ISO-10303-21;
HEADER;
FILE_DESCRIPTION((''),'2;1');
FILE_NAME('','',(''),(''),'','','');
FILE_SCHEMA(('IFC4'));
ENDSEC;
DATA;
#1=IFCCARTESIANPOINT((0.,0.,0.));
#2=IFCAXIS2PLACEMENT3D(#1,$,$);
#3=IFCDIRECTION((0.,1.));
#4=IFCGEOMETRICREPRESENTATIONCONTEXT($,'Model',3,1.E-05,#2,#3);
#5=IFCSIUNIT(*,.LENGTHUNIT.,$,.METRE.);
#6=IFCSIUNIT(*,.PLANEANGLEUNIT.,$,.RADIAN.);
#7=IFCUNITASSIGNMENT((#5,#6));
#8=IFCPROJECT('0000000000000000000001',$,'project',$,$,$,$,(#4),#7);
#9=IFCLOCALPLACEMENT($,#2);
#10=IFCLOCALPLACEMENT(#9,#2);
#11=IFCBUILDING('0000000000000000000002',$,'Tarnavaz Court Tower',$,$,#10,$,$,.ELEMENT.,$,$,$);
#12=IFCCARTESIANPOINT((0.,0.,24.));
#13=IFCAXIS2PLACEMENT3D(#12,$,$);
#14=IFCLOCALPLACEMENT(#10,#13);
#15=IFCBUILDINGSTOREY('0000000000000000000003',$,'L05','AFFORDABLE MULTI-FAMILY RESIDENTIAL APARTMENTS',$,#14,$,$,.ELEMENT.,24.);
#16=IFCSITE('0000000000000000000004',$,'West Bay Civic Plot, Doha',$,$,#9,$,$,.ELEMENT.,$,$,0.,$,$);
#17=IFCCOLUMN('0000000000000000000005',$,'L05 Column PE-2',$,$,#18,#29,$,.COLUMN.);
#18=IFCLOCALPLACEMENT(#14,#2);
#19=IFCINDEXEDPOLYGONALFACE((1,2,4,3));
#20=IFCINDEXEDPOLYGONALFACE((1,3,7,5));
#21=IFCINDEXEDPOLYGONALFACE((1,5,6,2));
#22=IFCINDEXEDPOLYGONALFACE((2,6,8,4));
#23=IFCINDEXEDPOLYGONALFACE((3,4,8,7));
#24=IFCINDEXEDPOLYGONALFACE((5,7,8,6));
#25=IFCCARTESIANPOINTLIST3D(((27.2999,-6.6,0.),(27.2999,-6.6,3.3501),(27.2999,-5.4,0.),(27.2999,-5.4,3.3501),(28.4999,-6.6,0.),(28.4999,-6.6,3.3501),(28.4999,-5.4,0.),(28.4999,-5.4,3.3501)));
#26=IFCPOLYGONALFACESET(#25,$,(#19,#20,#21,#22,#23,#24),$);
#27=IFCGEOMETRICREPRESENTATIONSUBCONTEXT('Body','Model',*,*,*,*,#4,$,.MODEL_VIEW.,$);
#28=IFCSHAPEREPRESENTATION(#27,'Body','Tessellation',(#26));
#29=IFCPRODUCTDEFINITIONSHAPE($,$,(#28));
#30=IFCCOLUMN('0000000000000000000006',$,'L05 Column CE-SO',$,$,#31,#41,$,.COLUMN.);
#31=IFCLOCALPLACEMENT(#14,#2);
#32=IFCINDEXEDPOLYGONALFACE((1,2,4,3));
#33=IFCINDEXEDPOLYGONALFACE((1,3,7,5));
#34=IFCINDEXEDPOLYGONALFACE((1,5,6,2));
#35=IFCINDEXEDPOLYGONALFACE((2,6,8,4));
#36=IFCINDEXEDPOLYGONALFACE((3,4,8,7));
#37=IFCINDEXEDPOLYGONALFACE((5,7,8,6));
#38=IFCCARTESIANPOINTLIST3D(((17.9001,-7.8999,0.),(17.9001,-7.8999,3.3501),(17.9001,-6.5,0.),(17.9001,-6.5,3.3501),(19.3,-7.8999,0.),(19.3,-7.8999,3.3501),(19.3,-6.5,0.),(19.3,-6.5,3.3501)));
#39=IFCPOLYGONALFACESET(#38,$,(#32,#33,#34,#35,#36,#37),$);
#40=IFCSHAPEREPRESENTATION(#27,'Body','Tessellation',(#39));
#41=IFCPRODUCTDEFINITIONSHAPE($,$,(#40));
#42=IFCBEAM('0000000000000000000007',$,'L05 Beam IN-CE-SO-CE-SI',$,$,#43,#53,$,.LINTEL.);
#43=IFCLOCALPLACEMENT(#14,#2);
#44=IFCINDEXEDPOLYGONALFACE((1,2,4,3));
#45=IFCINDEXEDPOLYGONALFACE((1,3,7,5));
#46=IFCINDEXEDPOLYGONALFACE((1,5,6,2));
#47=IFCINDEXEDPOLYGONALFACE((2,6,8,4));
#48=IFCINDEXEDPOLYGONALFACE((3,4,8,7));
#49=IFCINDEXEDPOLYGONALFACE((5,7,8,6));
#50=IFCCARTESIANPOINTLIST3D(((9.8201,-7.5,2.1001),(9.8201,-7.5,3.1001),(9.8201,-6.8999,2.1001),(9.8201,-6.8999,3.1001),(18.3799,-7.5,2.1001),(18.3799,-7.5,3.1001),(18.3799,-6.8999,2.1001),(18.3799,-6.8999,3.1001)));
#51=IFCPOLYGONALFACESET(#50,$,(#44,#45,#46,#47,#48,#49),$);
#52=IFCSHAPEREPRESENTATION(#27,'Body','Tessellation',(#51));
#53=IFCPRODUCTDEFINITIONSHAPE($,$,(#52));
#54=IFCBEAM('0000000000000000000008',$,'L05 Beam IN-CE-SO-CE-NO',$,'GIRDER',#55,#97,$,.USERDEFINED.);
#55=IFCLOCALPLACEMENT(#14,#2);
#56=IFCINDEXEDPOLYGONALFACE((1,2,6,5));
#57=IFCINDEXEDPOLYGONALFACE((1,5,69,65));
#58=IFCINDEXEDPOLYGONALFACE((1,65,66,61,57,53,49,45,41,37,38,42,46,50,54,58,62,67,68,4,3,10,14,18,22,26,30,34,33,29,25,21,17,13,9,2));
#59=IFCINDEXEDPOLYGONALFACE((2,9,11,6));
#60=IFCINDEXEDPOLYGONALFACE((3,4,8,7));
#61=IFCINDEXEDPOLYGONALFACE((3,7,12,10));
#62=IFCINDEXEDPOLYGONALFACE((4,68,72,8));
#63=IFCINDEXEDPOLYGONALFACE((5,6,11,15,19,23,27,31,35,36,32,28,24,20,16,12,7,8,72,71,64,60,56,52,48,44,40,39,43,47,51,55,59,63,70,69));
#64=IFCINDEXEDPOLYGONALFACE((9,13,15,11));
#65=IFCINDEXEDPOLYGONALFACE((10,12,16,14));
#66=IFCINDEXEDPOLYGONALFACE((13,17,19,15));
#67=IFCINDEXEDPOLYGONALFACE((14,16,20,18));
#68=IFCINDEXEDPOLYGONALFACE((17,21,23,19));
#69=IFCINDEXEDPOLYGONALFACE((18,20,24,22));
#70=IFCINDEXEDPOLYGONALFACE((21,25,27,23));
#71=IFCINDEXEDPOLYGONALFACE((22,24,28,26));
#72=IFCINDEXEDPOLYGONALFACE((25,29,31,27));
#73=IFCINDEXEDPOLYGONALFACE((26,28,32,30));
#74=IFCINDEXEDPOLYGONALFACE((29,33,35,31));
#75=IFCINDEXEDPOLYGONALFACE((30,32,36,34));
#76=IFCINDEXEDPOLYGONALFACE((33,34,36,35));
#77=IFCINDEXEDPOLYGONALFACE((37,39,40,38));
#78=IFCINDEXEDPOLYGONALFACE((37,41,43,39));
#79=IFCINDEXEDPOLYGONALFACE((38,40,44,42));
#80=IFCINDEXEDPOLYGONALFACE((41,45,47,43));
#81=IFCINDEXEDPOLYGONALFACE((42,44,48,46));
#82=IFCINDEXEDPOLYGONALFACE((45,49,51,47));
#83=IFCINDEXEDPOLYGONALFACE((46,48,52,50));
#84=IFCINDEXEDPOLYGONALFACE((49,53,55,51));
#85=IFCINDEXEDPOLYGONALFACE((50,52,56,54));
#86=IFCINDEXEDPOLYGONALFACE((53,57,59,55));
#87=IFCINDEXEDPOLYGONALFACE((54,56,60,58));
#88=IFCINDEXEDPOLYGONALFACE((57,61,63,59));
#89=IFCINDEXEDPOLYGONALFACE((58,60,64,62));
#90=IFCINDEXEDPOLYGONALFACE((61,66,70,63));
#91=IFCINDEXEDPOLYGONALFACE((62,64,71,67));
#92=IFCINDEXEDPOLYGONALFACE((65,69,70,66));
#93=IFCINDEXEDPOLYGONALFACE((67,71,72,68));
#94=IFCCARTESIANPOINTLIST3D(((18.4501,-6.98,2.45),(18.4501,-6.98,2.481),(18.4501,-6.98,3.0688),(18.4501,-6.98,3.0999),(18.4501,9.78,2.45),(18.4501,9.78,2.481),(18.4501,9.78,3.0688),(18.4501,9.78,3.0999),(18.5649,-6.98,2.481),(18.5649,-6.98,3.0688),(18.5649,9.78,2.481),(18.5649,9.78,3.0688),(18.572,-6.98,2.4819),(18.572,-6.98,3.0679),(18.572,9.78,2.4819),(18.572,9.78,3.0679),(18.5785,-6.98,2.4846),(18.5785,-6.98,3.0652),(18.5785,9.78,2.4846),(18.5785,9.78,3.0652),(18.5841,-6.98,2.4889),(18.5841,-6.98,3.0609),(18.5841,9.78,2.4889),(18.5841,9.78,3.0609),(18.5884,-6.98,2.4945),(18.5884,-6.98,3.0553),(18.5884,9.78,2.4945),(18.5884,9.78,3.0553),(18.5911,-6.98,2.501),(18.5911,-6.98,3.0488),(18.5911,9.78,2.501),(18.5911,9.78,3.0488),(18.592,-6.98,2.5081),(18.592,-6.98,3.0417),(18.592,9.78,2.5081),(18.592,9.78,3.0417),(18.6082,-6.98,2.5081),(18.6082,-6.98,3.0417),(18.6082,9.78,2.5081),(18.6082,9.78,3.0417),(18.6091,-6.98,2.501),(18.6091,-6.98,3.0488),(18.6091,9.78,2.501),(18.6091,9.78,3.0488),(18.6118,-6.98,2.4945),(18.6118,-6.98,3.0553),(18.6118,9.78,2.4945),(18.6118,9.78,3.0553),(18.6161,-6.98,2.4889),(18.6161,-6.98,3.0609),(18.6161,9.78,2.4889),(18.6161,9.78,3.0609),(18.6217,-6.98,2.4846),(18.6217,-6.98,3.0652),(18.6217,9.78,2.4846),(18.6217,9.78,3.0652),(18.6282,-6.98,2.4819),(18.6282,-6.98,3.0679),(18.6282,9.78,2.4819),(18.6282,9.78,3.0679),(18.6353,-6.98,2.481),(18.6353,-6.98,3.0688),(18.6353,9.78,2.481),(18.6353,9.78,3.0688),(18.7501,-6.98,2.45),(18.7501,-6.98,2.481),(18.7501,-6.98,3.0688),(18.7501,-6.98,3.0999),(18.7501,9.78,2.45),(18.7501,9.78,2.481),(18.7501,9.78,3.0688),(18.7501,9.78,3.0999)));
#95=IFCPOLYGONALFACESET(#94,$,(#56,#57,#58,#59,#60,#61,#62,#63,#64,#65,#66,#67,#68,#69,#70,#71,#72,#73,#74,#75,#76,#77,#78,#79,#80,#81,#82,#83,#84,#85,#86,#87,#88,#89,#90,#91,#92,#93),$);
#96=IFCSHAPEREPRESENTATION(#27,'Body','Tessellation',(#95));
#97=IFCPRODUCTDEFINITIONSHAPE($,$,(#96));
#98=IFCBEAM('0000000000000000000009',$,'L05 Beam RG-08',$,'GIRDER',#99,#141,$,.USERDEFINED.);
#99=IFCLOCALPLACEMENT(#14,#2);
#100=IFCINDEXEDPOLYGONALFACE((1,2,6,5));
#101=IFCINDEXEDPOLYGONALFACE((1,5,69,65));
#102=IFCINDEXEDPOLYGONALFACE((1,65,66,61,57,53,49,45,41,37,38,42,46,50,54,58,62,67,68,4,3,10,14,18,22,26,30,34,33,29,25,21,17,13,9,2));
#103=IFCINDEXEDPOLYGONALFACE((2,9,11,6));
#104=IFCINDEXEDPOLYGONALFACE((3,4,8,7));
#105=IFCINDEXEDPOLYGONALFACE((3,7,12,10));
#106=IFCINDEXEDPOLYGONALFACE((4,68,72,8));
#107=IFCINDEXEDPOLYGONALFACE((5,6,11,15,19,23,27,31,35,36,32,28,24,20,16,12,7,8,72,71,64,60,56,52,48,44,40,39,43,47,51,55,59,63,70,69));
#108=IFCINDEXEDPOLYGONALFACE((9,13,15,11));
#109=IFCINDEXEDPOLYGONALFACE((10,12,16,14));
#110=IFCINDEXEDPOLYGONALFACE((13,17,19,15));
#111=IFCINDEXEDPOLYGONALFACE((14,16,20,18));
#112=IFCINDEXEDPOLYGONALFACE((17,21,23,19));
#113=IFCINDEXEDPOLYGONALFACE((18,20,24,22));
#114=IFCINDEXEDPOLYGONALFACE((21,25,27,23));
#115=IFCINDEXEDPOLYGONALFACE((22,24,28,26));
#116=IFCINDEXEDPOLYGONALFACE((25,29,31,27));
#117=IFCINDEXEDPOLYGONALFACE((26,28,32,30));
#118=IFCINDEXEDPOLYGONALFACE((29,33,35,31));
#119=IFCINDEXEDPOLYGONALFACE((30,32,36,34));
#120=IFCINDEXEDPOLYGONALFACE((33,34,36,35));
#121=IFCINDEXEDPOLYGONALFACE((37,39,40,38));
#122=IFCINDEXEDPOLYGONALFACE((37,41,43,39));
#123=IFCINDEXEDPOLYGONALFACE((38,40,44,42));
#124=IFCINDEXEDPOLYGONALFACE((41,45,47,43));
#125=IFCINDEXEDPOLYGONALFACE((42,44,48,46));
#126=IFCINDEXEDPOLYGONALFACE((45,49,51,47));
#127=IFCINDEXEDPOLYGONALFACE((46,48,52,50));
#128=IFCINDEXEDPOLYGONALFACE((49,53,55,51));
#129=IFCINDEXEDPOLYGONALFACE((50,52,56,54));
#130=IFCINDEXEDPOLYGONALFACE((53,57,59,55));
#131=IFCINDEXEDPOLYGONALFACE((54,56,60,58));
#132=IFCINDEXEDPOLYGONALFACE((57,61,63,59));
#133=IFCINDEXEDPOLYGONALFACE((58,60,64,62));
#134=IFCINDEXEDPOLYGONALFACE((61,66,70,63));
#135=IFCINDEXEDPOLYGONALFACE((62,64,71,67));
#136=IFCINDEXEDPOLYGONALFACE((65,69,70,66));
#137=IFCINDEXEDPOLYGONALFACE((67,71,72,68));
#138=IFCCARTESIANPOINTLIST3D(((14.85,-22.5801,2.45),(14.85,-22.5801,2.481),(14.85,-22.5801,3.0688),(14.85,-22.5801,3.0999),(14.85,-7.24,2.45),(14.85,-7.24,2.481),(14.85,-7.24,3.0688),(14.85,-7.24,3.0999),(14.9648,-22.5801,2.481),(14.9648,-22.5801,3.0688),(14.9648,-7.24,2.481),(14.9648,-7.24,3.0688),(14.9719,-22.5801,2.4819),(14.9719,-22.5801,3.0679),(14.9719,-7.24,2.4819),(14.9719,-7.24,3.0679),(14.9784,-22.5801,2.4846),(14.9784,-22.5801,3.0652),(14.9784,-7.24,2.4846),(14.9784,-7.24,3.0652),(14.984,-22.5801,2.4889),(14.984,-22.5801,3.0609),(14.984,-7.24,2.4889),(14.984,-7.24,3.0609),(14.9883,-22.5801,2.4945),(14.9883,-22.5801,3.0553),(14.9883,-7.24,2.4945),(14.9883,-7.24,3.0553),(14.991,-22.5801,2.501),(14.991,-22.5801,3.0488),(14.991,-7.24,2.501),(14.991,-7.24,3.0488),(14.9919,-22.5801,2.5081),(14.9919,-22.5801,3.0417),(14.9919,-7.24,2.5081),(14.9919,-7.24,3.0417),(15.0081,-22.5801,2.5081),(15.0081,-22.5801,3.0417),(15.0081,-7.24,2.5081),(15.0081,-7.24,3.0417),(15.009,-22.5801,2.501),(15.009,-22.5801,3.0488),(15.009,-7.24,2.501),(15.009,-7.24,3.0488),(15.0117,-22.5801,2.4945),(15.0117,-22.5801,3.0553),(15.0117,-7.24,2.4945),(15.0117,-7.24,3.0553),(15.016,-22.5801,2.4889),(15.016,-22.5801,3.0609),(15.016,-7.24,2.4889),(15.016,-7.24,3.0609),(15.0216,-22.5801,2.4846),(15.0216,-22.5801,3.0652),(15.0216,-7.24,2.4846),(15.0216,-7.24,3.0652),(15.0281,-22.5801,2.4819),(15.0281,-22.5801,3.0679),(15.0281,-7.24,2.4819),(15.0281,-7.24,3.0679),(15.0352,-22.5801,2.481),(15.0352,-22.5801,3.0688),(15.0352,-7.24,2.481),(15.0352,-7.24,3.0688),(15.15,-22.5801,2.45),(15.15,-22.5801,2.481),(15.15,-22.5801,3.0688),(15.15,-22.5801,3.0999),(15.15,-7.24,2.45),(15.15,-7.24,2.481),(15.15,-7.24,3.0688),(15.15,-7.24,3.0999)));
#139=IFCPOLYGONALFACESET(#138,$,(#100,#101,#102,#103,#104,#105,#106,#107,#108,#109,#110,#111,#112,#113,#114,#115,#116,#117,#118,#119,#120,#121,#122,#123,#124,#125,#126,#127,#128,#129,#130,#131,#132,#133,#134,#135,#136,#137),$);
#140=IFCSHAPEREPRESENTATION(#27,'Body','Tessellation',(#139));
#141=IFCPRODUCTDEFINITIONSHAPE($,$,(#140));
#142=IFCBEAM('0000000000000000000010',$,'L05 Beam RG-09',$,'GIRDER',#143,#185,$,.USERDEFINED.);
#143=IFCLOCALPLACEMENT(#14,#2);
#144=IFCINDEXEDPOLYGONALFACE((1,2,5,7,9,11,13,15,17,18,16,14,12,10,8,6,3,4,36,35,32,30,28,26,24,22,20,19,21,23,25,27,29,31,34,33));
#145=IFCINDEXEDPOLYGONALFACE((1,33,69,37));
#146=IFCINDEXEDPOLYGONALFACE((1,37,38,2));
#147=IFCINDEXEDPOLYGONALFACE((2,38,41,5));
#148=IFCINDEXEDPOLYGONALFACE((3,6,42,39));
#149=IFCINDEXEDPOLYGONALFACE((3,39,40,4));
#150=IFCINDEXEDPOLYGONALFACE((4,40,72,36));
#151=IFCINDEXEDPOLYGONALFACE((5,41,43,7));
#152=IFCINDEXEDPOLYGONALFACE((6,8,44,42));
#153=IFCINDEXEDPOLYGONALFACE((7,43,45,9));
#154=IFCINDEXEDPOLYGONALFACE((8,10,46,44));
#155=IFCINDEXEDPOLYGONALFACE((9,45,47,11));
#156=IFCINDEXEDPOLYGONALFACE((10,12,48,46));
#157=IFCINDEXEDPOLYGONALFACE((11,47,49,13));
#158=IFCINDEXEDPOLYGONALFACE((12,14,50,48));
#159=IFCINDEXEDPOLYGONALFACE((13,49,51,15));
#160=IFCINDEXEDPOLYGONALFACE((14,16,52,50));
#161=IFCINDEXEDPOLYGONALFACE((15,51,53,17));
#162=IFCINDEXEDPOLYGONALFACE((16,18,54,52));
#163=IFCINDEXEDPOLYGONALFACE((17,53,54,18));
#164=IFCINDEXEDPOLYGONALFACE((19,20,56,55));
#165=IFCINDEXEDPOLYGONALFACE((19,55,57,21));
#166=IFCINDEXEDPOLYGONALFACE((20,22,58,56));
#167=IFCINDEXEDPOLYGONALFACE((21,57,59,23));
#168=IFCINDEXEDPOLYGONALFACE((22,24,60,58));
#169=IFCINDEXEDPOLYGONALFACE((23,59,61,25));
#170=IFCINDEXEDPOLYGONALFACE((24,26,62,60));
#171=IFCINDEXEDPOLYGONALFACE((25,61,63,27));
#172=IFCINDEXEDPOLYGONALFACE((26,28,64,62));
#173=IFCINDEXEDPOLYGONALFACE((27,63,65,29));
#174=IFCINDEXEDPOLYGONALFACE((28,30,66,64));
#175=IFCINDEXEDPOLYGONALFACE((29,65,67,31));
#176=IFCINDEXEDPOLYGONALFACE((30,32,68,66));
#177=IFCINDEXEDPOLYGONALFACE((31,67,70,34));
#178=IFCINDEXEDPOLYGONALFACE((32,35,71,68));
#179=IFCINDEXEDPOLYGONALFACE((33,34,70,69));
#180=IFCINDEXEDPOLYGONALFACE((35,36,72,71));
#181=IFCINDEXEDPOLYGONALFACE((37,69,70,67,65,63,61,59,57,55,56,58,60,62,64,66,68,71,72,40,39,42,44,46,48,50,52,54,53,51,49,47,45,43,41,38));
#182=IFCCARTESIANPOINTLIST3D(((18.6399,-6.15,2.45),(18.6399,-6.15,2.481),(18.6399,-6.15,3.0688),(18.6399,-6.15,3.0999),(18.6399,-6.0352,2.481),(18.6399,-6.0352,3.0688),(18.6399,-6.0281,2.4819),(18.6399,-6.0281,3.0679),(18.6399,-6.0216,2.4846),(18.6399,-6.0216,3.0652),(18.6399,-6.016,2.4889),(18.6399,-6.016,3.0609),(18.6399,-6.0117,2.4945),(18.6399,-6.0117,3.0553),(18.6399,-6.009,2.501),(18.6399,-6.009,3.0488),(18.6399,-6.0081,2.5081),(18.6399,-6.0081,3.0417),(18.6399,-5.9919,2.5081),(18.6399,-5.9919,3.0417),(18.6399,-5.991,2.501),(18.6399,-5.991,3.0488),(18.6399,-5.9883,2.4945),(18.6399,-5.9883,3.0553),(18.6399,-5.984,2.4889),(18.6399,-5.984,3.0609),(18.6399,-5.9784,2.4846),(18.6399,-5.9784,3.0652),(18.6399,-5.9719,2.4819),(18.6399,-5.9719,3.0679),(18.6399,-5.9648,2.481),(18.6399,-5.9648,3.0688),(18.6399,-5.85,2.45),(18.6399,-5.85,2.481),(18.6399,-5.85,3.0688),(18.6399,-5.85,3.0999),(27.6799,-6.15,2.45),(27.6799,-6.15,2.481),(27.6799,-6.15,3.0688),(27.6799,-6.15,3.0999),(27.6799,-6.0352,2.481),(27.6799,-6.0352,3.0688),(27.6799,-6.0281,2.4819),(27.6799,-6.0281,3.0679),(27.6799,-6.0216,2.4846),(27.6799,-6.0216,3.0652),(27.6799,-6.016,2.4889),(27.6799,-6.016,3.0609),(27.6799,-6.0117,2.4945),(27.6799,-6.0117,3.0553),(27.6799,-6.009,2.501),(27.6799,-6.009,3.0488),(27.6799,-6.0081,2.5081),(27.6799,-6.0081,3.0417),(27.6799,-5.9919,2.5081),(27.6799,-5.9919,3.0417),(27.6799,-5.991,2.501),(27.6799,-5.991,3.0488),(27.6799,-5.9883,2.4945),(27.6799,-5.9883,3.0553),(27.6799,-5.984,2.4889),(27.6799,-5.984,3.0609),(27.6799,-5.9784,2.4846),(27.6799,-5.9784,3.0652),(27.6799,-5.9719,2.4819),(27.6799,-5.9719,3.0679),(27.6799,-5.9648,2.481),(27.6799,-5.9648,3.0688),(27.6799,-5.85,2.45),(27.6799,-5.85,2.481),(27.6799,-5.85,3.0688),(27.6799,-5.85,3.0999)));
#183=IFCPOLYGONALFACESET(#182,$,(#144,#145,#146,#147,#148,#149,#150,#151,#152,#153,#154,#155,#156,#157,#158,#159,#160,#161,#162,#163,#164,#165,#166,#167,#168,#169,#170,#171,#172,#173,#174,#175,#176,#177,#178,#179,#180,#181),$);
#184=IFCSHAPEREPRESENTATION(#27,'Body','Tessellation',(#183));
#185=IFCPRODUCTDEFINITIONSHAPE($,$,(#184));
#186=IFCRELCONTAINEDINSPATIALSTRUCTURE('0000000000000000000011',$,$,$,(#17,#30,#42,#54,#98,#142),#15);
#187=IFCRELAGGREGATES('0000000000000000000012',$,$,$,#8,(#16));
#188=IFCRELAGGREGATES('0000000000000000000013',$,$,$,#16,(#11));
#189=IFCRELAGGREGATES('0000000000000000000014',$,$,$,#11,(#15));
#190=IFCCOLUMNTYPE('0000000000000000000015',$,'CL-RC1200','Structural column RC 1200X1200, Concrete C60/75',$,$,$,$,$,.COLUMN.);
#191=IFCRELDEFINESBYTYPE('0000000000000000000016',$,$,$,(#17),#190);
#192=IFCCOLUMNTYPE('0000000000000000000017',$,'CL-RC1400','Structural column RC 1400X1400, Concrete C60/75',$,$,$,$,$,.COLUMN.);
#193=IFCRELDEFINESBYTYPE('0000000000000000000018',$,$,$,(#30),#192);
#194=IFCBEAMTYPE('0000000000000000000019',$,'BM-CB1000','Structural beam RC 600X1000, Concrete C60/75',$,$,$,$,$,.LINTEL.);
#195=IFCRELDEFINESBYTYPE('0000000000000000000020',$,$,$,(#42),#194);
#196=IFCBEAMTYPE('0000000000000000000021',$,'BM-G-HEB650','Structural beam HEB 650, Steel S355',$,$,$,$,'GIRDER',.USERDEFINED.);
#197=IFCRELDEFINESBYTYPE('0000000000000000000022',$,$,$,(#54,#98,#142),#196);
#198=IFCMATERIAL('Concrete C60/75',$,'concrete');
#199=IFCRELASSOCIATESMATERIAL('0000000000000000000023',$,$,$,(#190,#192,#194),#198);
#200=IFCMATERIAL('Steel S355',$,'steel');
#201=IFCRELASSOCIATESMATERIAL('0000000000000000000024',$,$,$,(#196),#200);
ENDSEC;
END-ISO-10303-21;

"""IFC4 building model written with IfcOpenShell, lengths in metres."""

from ifc_helpers import new_model, si_unit, direction, frame, origin, origin_2d, place, context, subcontext, project, spatial, rectangle, i_section, extrude, material, material_profile, profile_set, type_object, element, save


model = new_model("IFC4")

# Units and contexts
model_context = context("Model", 3, precision=1e-05, world=origin(), true_north=direction((0.0, 1.0)))
body_context = subcontext(model_context, "Body", "Model", "MODEL_VIEW")
ifc_project = project(units=[si_unit("LENGTHUNIT", "METRE"), si_unit("PLANEANGLEUNIT", "RADIAN")], contexts=[model_context])

# Site, building, storey
site_placement = place(None, origin())
site = spatial("IfcSite", under=ifc_project, at=site_placement, Name="West Bay Civic Plot, Doha", CompositionType="ELEMENT", RefElevation=0.0)
building_placement = place(site_placement, origin())
building = spatial("IfcBuilding", under=site, at=building_placement, Name="Tarnavaz Court Tower", CompositionType="ELEMENT")
storey_placement = place(building_placement, frame((0.0, 0.0, 24.0)))
storey = spatial("IfcBuildingStorey", under=building, at=storey_placement, Name="L05", Description="AFFORDABLE MULTI-FAMILY RESIDENTIAL APARTMENTS", CompositionType="ELEMENT", Elevation=24.0)

# Columns
ifc_material_1 = material(Name="Concrete C60/75", Category="concrete")
ifc_material_profile_1 = material_profile(ifc_material_1, rectangle(XDim=1.2, YDim=1.2, at=origin_2d()), Name="RC 1200X1200")
ifc_profile_set_1 = profile_set([ifc_material_profile_1], Name="Concrete C60/75")
column_type_1 = type_object("IfcColumnType", Name="CL-RC1200", Description="Structural column RC 1200X1200, Concrete C60/75", PredefinedType="COLUMN", material=ifc_profile_set_1)
column_1_placement = place(storey_placement, frame((27.8999, -6.0, 0.0), z_axis=(0.0, 0.0, 1.0), x_axis=(1.0, 0.0, 0.0)))
element("IfcColumn", 1, at=column_1_placement, inside=storey, type_object=column_type_1, Name="L05 Column PE-2", PredefinedType="COLUMN", context=body_context, shape_type="SweptSolid", body=[
    extrude(rectangle(XDim=1.2, YDim=1.2, at=origin_2d()), origin(), (0.0, 0.0, 1.0), 3.3501),
])
ifc_material_profile_2 = material_profile(ifc_material_1, rectangle(XDim=1.3999, YDim=1.3999, at=origin_2d()), Name="RC 1400X1400")
ifc_profile_set_2 = profile_set([ifc_material_profile_2], Name="Concrete C60/75")
column_type_2 = type_object("IfcColumnType", Name="CL-RC1400", Description="Structural column RC 1400X1400, Concrete C60/75", PredefinedType="COLUMN", material=ifc_profile_set_2)
column_2_placement = place(storey_placement, frame((18.6001, -7.2, 0.0), z_axis=(0.0, 0.0, 1.0), x_axis=(1.0, 0.0, 0.0)))
element("IfcColumn", 2, at=column_2_placement, inside=storey, type_object=column_type_2, Name="L05 Column CE-SO", PredefinedType="COLUMN", context=body_context, shape_type="SweptSolid", body=[
    extrude(rectangle(XDim=1.3999, YDim=1.3999, at=origin_2d()), origin(), (0.0, 0.0, 1.0), 3.3501),
])

# Beams
ifc_material_profile_3 = material_profile(ifc_material_1, rectangle(XDim=0.6001, YDim=1.0, at=origin_2d()), Name="RC 600X1000")
ifc_profile_set_3 = profile_set([ifc_material_profile_3], Name="Concrete C60/75")
beam_type_1 = type_object("IfcBeamType", Name="BM-CB1000", Description="Structural beam RC 600X1000, Concrete C60/75", PredefinedType="LINTEL", material=ifc_profile_set_3)
beam_1_placement = place(storey_placement, frame((18.3799, -7.2, 2.6001), z_axis=(-1.0, 0.0, 0.0), x_axis=(0.0, -1.0, 0.0)))
element("IfcBeam", 3, at=beam_1_placement, inside=storey, type_object=beam_type_1, Name="L05 Beam IN-CE-SO-CE-SI", PredefinedType="LINTEL", context=body_context, shape_type="SweptSolid", body=[
    extrude(rectangle(XDim=0.6001, YDim=1.0, at=origin_2d()), origin(), (0.0, 0.0, 1.0), 8.5598),
])
ifc_material_2 = material(Name="Steel S355", Category="steel")
ifc_material_profile_4 = material_profile(ifc_material_2, i_section(OverallWidth=0.3, OverallDepth=0.6499, WebThickness=0.0161, FlangeThickness=0.031, FilletRadius=0.0271, at=origin_2d()), Name="HEB 650")
ifc_profile_set_4 = profile_set([ifc_material_profile_4], Name="Steel S355")
beam_type_2 = type_object("IfcBeamType", Name="BM-G-HEB650", Description="Structural beam HEB 650, Steel S355", ElementType="GIRDER", PredefinedType="USERDEFINED", material=ifc_profile_set_4)
beam_2_placement = place(storey_placement, frame((18.6001, -6.98, 2.7749), z_axis=(0.0, 1.0, 0.0), x_axis=(-1.0, 0.0, 0.0)))
element("IfcBeam", 4, at=beam_2_placement, inside=storey, type_object=beam_type_2, Name="L05 Beam IN-CE-SO-CE-NO", ObjectType="GIRDER", PredefinedType="USERDEFINED", context=body_context, shape_type="SweptSolid", body=[
    extrude(i_section(OverallWidth=0.3, OverallDepth=0.6499, WebThickness=0.0161, FlangeThickness=0.031, FilletRadius=0.0271, at=origin_2d()), origin(), (0.0, 0.0, 1.0), 16.76),
])
beam_3_placement = place(storey_placement, frame((15.0, -7.24, 2.7749), z_axis=(0.0, -1.0, 0.0), x_axis=(1.0, 0.0, 0.0)))
element("IfcBeam", 5, at=beam_3_placement, inside=storey, type_object=beam_type_2, Name="L05 Beam RG-08", ObjectType="GIRDER", PredefinedType="USERDEFINED", context=body_context, shape_type="SweptSolid", body=[
    extrude(i_section(OverallWidth=0.3, OverallDepth=0.6499, WebThickness=0.0161, FlangeThickness=0.031, FilletRadius=0.0271, at=origin_2d()), origin(), (0.0, 0.0, 1.0), 15.3401),
])
beam_4_placement = place(storey_placement, frame((18.6399, -6.0, 2.7749), z_axis=(1.0, 0.0, 0.0), x_axis=(0.0, 1.0, 0.0)))
element("IfcBeam", 6, at=beam_4_placement, inside=storey, type_object=beam_type_2, Name="L05 Beam RG-09", ObjectType="GIRDER", PredefinedType="USERDEFINED", context=body_context, shape_type="SweptSolid", body=[
    extrude(i_section(OverallWidth=0.3, OverallDepth=0.6499, WebThickness=0.0161, FlangeThickness=0.031, FilletRadius=0.0271, at=origin_2d()), origin(), (0.0, 0.0, 1.0), 9.04),
])

save(model, "model.ifc")
